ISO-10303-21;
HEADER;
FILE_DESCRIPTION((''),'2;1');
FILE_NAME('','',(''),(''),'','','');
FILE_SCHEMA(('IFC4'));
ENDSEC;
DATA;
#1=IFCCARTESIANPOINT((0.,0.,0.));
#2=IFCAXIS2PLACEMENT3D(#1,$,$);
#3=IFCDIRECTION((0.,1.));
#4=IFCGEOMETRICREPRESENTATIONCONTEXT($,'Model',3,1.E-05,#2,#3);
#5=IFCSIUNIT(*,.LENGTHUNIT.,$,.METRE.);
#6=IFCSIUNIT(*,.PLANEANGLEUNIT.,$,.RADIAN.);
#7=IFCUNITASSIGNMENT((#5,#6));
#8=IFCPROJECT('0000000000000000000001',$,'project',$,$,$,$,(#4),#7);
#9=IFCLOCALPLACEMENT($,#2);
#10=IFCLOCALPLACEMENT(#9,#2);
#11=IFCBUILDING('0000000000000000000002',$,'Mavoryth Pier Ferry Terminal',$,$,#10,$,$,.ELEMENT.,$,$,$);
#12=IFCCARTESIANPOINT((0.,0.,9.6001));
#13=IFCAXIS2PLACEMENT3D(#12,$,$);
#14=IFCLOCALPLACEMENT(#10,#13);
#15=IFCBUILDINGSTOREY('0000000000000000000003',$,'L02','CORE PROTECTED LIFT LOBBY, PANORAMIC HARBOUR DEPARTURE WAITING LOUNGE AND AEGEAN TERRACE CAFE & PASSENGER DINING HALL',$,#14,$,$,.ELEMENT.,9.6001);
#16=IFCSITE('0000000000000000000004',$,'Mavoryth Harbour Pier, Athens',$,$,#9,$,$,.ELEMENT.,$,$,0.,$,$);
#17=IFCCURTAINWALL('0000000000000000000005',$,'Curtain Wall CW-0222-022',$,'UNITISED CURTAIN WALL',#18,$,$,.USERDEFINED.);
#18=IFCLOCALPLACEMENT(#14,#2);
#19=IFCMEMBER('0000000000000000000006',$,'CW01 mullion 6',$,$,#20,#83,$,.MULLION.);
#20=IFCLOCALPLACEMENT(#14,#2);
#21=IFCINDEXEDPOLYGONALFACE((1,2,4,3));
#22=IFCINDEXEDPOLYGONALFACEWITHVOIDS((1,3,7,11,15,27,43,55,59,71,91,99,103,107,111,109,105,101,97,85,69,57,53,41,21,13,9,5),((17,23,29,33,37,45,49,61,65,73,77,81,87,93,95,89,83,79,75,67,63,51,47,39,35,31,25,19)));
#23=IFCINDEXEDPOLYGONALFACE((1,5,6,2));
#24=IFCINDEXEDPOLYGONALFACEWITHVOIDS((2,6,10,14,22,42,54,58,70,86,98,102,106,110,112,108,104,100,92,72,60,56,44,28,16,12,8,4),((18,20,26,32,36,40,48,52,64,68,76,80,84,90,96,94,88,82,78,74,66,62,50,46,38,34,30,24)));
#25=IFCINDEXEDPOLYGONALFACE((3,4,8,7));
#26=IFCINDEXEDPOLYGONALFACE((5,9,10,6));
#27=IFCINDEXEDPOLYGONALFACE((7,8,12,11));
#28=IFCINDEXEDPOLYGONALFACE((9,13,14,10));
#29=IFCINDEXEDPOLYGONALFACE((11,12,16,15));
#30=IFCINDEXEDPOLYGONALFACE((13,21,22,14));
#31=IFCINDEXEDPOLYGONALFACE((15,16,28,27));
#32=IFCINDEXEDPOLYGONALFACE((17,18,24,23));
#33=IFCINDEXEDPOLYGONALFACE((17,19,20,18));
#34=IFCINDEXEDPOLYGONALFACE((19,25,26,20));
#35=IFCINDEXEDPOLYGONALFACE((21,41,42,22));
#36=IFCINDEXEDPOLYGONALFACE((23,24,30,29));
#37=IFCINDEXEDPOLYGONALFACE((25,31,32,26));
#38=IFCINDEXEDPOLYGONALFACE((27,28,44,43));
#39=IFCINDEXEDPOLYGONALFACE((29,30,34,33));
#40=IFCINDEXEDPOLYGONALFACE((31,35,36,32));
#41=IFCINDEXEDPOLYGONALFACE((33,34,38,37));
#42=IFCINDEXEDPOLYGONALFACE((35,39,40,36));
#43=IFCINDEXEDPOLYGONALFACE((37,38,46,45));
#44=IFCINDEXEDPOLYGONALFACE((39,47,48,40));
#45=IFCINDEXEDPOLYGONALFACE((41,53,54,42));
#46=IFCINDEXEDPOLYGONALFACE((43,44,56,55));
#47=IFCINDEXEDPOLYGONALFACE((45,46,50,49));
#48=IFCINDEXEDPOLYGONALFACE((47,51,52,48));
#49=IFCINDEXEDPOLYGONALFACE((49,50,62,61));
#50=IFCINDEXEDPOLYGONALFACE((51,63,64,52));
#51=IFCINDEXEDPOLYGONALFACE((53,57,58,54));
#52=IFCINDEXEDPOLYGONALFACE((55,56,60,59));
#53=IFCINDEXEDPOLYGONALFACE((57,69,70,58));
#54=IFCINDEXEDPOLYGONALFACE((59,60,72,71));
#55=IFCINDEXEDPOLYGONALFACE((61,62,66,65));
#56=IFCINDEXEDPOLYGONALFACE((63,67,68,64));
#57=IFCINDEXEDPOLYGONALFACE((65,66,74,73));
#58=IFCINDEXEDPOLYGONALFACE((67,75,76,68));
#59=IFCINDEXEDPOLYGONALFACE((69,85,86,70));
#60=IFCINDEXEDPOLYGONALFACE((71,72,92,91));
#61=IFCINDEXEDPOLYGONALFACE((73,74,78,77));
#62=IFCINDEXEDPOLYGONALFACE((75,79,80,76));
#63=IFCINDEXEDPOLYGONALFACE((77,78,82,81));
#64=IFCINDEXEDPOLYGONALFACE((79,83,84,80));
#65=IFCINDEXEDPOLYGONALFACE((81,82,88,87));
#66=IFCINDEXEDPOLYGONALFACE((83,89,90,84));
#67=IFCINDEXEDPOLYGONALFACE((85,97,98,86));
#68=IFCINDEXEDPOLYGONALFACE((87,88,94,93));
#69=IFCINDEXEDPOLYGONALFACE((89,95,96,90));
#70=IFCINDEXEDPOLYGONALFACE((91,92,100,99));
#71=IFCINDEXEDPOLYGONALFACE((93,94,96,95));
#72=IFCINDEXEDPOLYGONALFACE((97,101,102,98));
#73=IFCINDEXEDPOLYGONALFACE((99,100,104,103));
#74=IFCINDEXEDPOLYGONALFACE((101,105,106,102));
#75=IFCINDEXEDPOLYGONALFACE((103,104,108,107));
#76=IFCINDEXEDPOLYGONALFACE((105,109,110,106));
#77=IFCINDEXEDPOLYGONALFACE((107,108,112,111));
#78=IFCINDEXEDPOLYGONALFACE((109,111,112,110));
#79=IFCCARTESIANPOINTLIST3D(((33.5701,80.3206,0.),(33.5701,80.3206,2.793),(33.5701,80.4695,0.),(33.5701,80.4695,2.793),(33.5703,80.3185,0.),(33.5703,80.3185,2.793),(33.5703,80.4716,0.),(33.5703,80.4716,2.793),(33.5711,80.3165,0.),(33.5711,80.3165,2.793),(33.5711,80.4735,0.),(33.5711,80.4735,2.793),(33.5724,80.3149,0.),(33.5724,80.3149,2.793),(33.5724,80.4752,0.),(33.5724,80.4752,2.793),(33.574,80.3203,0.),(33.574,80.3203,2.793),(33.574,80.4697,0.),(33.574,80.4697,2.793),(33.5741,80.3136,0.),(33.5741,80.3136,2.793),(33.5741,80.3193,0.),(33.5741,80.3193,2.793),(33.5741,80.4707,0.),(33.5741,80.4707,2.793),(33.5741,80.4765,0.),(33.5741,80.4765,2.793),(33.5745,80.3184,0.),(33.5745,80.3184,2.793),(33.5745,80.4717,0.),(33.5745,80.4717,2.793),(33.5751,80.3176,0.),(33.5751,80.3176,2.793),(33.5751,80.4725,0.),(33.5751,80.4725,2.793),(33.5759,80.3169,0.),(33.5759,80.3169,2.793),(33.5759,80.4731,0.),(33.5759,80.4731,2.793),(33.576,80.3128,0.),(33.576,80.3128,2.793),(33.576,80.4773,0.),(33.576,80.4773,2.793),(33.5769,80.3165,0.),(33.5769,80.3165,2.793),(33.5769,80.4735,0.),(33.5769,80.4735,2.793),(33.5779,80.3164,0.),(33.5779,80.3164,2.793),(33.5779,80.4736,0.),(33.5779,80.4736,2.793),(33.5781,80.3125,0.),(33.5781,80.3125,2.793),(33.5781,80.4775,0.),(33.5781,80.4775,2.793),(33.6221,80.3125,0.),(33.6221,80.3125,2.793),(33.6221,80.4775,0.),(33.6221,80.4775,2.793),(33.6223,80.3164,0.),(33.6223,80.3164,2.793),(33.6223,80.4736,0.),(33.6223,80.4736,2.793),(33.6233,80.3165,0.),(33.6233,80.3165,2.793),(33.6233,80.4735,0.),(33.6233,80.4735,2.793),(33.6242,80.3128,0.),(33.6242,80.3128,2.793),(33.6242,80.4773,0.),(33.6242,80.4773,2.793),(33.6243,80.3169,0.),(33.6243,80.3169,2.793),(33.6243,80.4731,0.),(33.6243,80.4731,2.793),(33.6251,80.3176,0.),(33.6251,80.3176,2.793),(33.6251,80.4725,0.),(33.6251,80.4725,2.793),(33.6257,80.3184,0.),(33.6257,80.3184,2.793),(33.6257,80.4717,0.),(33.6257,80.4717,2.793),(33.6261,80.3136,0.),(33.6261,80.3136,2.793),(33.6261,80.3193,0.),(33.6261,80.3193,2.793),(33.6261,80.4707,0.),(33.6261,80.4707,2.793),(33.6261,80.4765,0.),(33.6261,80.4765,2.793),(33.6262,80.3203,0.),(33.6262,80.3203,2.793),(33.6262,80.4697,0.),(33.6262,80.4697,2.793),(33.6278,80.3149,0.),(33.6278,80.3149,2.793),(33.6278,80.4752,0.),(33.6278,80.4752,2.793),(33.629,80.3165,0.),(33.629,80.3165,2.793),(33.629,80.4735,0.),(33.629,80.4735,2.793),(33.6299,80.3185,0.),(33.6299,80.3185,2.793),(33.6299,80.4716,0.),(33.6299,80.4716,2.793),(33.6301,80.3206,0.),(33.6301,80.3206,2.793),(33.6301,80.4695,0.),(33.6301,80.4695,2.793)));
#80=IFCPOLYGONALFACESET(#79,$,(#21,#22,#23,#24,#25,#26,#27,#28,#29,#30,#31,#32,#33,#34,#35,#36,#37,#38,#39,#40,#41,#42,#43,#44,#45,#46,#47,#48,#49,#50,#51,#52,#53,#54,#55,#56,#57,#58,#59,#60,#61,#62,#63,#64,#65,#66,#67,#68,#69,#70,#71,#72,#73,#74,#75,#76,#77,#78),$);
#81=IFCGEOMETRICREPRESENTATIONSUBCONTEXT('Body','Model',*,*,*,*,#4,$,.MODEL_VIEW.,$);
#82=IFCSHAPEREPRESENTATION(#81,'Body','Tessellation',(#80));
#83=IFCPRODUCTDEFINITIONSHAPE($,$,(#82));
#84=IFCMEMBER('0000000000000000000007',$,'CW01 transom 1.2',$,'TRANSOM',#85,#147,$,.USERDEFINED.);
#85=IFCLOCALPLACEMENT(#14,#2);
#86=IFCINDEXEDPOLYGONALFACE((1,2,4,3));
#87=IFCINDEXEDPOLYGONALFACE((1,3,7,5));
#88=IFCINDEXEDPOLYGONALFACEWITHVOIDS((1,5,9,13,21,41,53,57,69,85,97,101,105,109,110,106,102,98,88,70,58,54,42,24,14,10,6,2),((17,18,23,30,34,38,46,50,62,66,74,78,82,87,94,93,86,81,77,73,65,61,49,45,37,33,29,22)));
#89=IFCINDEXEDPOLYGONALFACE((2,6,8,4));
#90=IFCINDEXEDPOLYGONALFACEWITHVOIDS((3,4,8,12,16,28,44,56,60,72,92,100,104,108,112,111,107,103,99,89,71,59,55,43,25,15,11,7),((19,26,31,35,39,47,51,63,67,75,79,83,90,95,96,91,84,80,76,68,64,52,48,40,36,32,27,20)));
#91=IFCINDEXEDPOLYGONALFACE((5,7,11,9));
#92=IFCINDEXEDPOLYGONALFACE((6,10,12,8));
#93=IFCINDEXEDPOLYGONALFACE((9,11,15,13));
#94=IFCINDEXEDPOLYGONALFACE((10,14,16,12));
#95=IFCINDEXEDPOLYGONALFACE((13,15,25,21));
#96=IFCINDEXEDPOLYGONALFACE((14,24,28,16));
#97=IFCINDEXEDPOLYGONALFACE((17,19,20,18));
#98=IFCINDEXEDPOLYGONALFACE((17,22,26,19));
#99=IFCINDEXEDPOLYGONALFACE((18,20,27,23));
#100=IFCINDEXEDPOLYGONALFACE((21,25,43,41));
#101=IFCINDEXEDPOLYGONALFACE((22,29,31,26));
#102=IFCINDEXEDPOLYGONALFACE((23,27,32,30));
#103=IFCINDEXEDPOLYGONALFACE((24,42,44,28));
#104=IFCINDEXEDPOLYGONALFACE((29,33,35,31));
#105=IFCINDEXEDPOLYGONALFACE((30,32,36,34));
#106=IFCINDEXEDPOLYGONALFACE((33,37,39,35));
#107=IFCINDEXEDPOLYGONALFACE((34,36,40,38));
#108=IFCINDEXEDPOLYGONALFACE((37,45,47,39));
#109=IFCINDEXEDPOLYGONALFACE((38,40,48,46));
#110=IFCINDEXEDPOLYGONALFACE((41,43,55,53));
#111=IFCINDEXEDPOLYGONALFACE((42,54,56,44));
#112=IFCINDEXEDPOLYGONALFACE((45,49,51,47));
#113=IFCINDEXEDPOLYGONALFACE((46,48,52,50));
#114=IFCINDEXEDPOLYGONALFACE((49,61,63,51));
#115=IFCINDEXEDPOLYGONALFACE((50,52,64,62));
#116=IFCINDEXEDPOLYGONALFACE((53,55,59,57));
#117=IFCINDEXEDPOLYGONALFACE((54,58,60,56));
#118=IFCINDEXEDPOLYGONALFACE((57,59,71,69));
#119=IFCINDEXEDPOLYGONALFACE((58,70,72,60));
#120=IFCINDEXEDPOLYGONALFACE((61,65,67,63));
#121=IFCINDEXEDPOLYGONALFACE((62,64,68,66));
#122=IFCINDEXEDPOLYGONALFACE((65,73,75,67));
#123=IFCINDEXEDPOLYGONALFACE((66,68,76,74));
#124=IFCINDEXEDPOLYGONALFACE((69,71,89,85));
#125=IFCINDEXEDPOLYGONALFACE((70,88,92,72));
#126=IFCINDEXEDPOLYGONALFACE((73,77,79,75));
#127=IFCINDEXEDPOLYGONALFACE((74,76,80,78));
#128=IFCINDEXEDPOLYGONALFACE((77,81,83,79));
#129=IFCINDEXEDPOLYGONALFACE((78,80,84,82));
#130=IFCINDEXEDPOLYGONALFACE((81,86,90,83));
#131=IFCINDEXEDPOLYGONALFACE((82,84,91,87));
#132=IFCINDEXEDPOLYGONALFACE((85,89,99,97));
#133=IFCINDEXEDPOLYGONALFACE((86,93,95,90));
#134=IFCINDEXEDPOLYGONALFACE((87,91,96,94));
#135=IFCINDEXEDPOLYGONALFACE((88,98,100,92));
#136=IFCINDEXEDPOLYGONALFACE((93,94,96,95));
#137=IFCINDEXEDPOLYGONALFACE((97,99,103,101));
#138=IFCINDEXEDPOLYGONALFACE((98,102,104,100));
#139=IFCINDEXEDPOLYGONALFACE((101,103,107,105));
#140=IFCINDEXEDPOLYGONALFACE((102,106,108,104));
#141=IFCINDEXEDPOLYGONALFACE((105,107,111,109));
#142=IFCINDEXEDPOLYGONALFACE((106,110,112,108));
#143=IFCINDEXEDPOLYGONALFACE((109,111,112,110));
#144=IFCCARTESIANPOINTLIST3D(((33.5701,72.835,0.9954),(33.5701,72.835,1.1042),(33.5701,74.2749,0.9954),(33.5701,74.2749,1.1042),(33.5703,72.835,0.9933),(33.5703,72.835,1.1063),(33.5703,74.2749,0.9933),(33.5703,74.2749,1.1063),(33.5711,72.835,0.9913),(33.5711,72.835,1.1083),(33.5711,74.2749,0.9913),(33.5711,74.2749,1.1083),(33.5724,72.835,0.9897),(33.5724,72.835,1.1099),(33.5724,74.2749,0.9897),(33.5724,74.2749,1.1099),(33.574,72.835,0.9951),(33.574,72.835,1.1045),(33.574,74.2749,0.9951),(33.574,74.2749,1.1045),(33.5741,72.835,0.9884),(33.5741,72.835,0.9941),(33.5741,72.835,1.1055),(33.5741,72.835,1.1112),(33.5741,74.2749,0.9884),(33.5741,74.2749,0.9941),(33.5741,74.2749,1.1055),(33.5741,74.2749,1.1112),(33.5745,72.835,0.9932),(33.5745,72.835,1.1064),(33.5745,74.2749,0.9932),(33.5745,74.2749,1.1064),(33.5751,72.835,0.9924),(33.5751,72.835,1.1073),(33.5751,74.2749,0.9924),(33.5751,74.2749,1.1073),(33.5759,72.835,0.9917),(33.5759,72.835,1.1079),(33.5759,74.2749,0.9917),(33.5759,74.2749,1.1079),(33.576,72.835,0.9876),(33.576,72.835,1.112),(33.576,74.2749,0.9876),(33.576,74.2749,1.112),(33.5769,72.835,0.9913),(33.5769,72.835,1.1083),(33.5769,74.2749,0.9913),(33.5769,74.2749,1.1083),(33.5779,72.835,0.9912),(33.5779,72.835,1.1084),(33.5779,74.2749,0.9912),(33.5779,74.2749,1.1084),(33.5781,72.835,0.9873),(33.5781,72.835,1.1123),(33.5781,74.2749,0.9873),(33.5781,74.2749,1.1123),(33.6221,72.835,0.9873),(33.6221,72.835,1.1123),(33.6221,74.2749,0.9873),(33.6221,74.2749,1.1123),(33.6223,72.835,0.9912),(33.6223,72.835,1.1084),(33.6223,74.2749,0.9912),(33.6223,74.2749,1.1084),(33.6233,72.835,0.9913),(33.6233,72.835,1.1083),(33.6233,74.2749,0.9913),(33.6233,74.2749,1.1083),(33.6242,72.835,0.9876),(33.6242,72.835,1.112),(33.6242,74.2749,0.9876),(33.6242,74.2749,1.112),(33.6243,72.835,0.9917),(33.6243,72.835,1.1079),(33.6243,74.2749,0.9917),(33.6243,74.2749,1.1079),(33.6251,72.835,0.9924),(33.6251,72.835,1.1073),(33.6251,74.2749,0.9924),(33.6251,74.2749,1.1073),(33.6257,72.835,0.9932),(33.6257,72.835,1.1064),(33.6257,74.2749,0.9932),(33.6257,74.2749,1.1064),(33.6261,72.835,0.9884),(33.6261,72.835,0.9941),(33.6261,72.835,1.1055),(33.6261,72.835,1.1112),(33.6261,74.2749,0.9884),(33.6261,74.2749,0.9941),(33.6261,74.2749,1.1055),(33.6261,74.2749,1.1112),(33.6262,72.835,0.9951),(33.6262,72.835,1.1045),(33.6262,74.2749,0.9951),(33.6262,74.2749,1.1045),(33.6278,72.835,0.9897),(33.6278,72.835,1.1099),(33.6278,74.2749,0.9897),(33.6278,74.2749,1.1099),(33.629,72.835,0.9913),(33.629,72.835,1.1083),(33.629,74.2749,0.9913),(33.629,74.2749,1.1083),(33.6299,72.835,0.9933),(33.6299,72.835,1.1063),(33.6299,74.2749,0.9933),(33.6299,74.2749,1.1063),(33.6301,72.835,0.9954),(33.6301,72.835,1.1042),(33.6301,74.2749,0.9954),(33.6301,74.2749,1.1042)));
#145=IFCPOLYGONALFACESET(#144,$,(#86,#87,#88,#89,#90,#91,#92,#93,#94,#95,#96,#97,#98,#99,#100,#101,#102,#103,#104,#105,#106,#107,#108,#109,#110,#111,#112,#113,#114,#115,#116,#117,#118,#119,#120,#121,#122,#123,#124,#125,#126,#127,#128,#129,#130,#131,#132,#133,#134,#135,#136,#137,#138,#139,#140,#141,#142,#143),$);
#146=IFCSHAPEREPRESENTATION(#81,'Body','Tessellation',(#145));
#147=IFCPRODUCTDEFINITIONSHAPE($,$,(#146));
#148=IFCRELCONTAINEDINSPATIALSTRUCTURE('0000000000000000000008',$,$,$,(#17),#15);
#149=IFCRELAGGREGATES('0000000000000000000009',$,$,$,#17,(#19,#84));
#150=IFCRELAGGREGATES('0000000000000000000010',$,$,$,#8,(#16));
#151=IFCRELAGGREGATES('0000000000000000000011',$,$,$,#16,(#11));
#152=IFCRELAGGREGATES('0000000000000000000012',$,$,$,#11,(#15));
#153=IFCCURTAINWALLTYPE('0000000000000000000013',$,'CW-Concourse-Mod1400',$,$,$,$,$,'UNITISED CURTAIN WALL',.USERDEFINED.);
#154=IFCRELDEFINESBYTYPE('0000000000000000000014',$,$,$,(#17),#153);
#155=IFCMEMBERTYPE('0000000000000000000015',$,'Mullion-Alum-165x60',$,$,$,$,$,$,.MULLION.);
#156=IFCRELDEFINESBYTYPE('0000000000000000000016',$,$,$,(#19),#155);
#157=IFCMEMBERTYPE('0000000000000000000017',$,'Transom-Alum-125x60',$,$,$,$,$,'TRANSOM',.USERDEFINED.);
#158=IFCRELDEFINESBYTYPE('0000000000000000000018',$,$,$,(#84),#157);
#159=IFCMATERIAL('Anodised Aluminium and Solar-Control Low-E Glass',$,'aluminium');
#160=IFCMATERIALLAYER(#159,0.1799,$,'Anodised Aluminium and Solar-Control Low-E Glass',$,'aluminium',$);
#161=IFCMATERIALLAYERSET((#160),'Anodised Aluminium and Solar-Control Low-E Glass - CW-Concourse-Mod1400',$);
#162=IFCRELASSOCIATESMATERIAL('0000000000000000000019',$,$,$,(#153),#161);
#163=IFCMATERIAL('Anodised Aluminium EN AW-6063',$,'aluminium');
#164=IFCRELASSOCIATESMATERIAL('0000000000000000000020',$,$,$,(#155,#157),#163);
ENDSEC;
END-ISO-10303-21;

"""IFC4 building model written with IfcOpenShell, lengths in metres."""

from ifc_helpers import new_model, si_unit, direction, frame, origin, origin_2d, place, context, subcontext, project, spatial, hollow_rectangle, extrude, material, layer, layer_set, material_profile, profile_set, type_object, element, aggregate, save


model = new_model("IFC4")

# Units and contexts
model_context = context("Model", 3, precision=1e-05, world=origin(), true_north=direction((0.0, 1.0)))
body_context = subcontext(model_context, "Body", "Model", "MODEL_VIEW")
ifc_project = project(units=[si_unit("LENGTHUNIT", "METRE"), si_unit("PLANEANGLEUNIT", "RADIAN")], contexts=[model_context])

# Site, building, storey
site_placement = place(None, origin())
site = spatial("IfcSite", under=ifc_project, at=site_placement, Name="Mavoryth Harbour Pier, Athens", CompositionType="ELEMENT", RefElevation=0.0)
building_placement = place(site_placement, origin())
building = spatial("IfcBuilding", under=site, at=building_placement, Name="Mavoryth Pier Ferry Terminal", CompositionType="ELEMENT")
storey_placement = place(building_placement, frame((0.0, 0.0, 9.6001)))
storey = spatial("IfcBuildingStorey", under=building, at=storey_placement, Name="L02", Description="CORE PROTECTED LIFT LOBBY, PANORAMIC HARBOUR DEPARTURE WAITING LOUNGE AND AEGEAN TERRACE CAFE & PASSENGER DINING HALL", CompositionType="ELEMENT", Elevation=9.6001)

# Curtain wall, members
ifc_material_1 = material(Name="Anodised Aluminium and Solar-Control Low-E Glass", Category="aluminium")
ifc_layer_1 = layer(ifc_material_1, 0.1799, Name="Anodised Aluminium and Solar-Control Low-E Glass", Category="aluminium")
ifc_layer_set_1 = layer_set([ifc_layer_1], Name="Anodised Aluminium and Solar-Control Low-E Glass - CW-Concourse-Mod1400")
curtain_wall_type = type_object("IfcCurtainWallType", Name="CW-Concourse-Mod1400", ElementType="UNITISED CURTAIN WALL", PredefinedType="USERDEFINED", material=ifc_layer_set_1)
curtain_wall_placement = place(storey_placement, origin())
curtain_wall = element("IfcCurtainWall", 1, at=curtain_wall_placement, inside=storey, type_object=curtain_wall_type, Name="Curtain Wall CW-0222-022", ObjectType="UNITISED CURTAIN WALL", PredefinedType="USERDEFINED")
ifc_material_2 = material(Name="Anodised Aluminium EN AW-6063", Category="aluminium")
ifc_material_profile_1 = material_profile(ifc_material_2, hollow_rectangle(XDim=0.0601, YDim=0.165, WallThickness=0.0039, InnerFilletRadius=0.0039, OuterFilletRadius=0.0081, at=origin_2d()), Name="AL-MULL 165x60x4", Category="aluminium")
ifc_profile_set_1 = profile_set([ifc_material_profile_1], Name="Anodised Aluminium EN AW-6063 - AL-MULL 165x60x4")
member_type_1 = type_object("IfcMemberType", Name="Mullion-Alum-165x60", PredefinedType="MULLION", material=ifc_profile_set_1)
member_1_placement = place(storey_placement, frame((33.6001, 80.395, 0.0), z_axis=(0.0, 0.0, 1.0), x_axis=(-1.0, 0.0, 0.0)))
member_1 = element("IfcMember", 2, at=member_1_placement, type_object=member_type_1, Name="CW01 mullion 6", PredefinedType="MULLION", context=body_context, shape_type="SweptSolid", body=[
    extrude(hollow_rectangle(XDim=0.0601, YDim=0.165, WallThickness=0.0039, InnerFilletRadius=0.0039, OuterFilletRadius=0.0081, at=origin_2d()), origin(), (0.0, 0.0, 1.0), 2.793),
])
ifc_material_profile_2 = material_profile(ifc_material_2, hollow_rectangle(XDim=0.0601, YDim=0.125, WallThickness=0.0039, InnerFilletRadius=0.0039, OuterFilletRadius=0.0081, at=origin_2d()), Name="AL-TRAN 125x60x4", Category="aluminium")
ifc_profile_set_2 = profile_set([ifc_material_profile_2], Name="Anodised Aluminium EN AW-6063 - AL-TRAN 125x60x4")
member_type_2 = type_object("IfcMemberType", Name="Transom-Alum-125x60", ElementType="TRANSOM", PredefinedType="USERDEFINED", material=ifc_profile_set_2)
member_2_placement = place(storey_placement, frame((33.6001, 72.835, 1.0498), z_axis=(0.0, 1.0, 0.0), x_axis=(-1.0, 0.0, 0.0)))
member_2 = element("IfcMember", 3, at=member_2_placement, type_object=member_type_2, Name="CW01 transom 1.2", ObjectType="TRANSOM", PredefinedType="USERDEFINED", context=body_context, shape_type="SweptSolid", body=[
    extrude(hollow_rectangle(XDim=0.0601, YDim=0.125, WallThickness=0.0039, InnerFilletRadius=0.0039, OuterFilletRadius=0.0081, at=origin_2d()), origin(), (0.0, 0.0, 1.0), 1.4399),
])
aggregate(curtain_wall, [member_1, member_2])

save(model, "model.ifc")
